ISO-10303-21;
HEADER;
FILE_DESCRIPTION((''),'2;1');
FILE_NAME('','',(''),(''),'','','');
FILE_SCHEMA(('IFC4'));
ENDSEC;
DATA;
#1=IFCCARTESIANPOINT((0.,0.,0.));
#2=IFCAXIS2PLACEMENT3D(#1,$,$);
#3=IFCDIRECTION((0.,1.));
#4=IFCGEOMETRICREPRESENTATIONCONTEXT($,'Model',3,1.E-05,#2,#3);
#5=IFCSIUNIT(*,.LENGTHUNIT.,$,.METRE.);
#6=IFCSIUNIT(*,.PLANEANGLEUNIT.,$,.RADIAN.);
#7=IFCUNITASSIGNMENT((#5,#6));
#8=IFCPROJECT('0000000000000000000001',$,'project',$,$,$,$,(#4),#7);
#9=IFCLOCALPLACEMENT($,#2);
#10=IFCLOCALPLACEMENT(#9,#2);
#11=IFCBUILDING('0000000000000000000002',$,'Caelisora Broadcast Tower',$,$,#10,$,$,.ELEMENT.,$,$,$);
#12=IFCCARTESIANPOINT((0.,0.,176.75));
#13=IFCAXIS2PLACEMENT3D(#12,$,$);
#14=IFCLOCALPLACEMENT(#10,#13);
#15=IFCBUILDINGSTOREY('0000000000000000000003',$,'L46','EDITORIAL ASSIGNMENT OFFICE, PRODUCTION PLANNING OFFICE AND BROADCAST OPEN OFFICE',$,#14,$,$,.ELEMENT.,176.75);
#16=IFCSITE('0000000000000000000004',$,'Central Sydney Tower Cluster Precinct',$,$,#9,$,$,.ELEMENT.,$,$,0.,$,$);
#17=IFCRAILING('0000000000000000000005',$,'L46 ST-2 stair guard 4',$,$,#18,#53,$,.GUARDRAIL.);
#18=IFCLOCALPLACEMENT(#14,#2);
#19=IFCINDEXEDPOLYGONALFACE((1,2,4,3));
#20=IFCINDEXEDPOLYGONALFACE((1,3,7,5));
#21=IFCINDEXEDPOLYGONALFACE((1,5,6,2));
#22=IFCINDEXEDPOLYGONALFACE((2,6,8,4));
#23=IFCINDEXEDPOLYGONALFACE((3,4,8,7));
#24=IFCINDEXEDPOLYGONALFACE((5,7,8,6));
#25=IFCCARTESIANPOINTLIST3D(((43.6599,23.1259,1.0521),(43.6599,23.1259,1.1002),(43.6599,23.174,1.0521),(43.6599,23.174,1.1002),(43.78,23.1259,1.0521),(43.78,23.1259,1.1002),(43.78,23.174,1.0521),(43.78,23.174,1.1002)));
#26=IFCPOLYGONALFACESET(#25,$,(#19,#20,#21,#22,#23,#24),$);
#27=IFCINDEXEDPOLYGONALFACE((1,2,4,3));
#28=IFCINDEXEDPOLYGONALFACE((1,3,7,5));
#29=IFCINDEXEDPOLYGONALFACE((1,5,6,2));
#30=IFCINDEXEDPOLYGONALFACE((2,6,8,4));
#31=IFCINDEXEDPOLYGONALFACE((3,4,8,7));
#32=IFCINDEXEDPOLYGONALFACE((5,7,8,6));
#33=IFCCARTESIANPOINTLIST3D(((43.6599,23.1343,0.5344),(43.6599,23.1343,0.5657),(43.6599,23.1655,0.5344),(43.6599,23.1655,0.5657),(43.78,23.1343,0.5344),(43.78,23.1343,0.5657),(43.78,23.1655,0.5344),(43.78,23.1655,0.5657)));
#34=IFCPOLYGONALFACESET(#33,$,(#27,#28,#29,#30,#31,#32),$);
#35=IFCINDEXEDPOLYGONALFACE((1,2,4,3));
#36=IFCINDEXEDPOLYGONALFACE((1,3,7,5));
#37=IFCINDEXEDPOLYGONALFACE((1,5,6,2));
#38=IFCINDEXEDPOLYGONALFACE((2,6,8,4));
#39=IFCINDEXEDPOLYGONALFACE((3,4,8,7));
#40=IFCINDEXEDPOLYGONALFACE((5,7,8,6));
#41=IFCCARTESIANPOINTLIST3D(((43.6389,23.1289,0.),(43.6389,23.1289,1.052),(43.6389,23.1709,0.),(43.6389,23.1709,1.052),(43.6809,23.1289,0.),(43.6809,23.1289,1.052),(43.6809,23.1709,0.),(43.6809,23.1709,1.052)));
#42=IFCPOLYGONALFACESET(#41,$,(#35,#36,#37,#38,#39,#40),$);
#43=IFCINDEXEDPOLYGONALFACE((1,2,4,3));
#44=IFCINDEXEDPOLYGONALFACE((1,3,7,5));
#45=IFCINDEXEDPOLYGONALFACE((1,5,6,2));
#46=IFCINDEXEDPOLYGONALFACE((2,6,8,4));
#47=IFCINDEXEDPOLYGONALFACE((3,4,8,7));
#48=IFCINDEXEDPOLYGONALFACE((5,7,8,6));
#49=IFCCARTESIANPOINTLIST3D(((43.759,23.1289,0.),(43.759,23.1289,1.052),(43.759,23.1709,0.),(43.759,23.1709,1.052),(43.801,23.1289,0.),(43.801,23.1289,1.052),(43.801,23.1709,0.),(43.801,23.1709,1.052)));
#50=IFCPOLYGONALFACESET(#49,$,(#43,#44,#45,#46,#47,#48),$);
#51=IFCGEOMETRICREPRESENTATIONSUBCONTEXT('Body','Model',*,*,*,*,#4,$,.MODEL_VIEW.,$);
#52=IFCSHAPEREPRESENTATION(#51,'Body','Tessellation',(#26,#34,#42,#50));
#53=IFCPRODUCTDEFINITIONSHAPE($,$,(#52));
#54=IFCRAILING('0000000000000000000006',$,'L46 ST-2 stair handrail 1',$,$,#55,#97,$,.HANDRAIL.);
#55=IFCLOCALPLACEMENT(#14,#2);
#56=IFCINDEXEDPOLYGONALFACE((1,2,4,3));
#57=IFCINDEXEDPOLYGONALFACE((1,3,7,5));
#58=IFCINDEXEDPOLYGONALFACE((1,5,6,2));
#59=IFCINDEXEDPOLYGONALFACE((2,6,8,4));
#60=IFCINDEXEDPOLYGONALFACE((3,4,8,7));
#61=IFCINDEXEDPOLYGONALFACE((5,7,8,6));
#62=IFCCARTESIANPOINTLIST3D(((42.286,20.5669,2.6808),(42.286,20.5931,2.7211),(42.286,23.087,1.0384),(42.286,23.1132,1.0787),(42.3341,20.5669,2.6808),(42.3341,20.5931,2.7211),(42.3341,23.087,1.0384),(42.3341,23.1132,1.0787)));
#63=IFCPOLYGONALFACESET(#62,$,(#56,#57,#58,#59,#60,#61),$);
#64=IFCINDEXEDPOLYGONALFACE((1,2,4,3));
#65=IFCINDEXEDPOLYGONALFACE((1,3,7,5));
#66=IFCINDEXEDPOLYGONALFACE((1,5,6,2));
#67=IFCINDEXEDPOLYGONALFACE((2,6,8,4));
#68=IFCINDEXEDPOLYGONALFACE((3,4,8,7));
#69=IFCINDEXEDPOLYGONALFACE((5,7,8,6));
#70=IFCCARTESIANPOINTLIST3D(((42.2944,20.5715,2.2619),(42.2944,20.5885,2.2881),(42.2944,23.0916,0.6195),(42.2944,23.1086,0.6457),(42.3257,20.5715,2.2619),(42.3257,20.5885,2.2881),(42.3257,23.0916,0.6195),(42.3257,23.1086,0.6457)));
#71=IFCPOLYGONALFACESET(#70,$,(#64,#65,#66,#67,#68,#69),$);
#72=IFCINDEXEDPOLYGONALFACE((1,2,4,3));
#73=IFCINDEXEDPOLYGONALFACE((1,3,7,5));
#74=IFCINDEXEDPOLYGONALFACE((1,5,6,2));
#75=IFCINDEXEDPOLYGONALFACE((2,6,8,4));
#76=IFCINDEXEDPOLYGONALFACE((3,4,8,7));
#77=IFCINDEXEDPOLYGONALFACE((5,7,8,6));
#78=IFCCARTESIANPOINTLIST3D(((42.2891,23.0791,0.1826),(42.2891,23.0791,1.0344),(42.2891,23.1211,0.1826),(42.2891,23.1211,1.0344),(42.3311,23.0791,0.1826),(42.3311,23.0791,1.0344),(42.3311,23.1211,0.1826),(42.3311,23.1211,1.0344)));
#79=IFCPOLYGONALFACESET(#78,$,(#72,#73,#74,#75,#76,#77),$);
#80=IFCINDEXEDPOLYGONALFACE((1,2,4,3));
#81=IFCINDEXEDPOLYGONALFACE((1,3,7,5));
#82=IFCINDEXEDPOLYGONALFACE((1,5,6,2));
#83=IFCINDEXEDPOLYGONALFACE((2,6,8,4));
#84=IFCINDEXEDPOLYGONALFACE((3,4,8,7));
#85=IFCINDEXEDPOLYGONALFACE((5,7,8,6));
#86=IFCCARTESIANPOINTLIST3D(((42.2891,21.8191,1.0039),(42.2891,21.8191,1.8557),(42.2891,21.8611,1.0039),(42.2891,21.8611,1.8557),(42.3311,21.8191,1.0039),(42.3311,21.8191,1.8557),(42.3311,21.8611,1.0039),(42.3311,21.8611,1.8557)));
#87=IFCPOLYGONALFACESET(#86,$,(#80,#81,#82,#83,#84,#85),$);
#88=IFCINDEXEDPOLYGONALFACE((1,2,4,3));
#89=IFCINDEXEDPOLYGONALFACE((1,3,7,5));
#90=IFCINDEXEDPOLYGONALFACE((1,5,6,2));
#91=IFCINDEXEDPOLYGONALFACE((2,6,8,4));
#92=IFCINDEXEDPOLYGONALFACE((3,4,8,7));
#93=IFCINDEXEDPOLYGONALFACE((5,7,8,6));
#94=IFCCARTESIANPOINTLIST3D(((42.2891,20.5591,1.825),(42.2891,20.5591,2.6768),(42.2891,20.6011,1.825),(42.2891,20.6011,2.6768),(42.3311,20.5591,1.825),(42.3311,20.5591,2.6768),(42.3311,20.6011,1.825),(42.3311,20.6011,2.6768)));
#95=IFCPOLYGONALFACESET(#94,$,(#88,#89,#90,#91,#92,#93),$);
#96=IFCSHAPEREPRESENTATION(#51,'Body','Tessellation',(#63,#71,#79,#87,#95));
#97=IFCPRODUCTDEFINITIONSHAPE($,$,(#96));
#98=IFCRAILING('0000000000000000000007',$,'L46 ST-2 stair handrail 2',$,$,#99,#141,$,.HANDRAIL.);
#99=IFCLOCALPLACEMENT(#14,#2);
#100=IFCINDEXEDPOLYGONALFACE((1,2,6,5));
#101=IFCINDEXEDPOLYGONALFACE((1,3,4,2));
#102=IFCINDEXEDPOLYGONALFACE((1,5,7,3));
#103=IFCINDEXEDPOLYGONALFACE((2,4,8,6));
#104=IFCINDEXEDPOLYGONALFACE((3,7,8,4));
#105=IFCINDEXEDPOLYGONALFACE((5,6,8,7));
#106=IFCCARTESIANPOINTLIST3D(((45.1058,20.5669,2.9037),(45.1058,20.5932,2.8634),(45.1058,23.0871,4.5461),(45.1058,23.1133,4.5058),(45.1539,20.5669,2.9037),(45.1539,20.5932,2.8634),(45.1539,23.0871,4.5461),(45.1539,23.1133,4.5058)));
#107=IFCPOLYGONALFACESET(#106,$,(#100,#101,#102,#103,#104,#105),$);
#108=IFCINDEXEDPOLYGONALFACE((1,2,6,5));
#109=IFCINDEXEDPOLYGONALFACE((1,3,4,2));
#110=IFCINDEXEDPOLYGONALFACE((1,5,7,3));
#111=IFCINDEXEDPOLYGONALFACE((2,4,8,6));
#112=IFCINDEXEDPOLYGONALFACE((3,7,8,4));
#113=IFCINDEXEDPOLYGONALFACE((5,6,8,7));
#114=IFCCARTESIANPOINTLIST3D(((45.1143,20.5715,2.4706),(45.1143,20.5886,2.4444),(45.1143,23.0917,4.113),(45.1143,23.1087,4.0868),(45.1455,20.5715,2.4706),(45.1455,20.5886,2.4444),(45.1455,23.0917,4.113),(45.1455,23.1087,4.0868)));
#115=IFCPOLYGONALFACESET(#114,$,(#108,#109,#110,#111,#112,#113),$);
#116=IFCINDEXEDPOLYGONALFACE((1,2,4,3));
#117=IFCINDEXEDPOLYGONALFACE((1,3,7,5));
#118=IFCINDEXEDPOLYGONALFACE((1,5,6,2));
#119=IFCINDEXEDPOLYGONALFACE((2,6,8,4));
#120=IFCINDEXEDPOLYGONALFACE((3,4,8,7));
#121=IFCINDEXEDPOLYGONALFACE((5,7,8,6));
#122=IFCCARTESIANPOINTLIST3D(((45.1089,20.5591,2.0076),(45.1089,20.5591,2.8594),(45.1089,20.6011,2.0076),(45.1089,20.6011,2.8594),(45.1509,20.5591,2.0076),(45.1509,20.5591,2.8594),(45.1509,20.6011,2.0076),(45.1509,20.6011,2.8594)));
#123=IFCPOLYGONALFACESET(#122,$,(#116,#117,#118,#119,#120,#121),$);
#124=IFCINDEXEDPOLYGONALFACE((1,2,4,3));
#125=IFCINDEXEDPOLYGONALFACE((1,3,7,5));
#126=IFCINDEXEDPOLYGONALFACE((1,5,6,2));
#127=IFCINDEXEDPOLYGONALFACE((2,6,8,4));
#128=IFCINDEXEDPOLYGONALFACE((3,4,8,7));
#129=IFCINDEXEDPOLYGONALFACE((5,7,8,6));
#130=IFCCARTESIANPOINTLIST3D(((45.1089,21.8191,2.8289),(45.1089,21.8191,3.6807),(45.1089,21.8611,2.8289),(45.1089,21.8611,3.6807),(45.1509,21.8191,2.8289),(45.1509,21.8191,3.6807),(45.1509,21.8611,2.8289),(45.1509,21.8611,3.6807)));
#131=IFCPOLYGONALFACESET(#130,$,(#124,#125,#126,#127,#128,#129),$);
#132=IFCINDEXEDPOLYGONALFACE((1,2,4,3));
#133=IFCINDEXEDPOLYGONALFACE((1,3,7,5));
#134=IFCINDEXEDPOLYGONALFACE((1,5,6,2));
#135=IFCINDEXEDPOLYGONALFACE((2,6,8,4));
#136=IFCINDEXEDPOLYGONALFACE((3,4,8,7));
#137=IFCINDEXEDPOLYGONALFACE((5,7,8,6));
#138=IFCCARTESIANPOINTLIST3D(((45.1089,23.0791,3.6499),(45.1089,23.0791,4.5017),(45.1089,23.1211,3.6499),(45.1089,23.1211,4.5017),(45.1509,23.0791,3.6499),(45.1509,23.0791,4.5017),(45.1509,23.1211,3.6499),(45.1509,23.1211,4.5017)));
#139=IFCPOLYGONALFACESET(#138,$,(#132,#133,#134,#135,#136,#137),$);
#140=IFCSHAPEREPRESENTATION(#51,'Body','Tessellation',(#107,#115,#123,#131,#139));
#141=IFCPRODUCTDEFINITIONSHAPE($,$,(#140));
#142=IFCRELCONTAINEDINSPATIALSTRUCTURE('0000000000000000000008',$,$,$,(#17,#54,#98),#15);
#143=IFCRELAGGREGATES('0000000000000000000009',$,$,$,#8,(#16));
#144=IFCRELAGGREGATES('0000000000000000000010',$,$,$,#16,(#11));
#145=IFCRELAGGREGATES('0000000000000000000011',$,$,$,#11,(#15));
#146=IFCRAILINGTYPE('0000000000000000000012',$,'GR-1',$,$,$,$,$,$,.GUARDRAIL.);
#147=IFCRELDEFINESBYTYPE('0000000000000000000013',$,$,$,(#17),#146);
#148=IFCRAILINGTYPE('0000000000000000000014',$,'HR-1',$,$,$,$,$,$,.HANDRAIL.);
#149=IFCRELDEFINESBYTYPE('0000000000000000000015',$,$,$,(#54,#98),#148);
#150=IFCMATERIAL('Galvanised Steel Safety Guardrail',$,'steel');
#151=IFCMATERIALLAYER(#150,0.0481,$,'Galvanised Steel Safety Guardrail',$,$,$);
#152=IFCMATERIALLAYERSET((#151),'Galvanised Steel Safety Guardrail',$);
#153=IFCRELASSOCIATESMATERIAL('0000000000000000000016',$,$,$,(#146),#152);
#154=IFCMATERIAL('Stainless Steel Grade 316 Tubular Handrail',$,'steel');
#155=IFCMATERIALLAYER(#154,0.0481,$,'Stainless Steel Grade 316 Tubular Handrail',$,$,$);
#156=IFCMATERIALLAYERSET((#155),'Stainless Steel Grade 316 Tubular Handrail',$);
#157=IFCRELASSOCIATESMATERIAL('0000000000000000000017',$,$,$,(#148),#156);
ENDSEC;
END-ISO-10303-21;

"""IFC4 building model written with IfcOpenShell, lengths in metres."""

from ifc_helpers import new_model, si_unit, direction, frame, origin, origin_2d, place, context, subcontext, project, spatial, rectangle, extrude, material, layer, layer_set, type_object, element, save


model = new_model("IFC4")

# Units and contexts
model_context = context("Model", 3, precision=1e-05, world=origin(), true_north=direction((0.0, 1.0)))
body_context = subcontext(model_context, "Body", "Model", "MODEL_VIEW")
ifc_project = project(units=[si_unit("LENGTHUNIT", "METRE"), si_unit("PLANEANGLEUNIT", "RADIAN")], contexts=[model_context])

# Site, building, storey
site_placement = place(None, origin())
site = spatial("IfcSite", under=ifc_project, at=site_placement, Name="Central Sydney Tower Cluster Precinct", CompositionType="ELEMENT", RefElevation=0.0)
building_placement = place(site_placement, origin())
building = spatial("IfcBuilding", under=site, at=building_placement, Name="Caelisora Broadcast Tower", CompositionType="ELEMENT")
storey_placement = place(building_placement, frame((0.0, 0.0, 176.75)))
storey = spatial("IfcBuildingStorey", under=building, at=storey_placement, Name="L46", Description="EDITORIAL ASSIGNMENT OFFICE, PRODUCTION PLANNING OFFICE AND BROADCAST OPEN OFFICE", CompositionType="ELEMENT", Elevation=176.75)

# Railings
ifc_material_1 = material(Name="Galvanised Steel Safety Guardrail", Category="steel")
ifc_layer_1 = layer(ifc_material_1, 0.0481, Name="Galvanised Steel Safety Guardrail")
ifc_layer_set_1 = layer_set([ifc_layer_1], Name="Galvanised Steel Safety Guardrail")
railing_type_1 = type_object("IfcRailingType", Name="GR-1", PredefinedType="GUARDRAIL", material=ifc_layer_set_1)
railing_1_placement = place(storey_placement, frame((43.6599, 23.1499, 0.0)))
element("IfcRailing", 1, at=railing_1_placement, inside=storey, type_object=railing_type_1, Name="L46 ST-2 stair guard 4", PredefinedType="GUARDRAIL", context=body_context, shape_type="SweptSolid", body=[
    extrude(rectangle(XDim=0.0481, YDim=0.0481, at=origin_2d()), frame((0.0, 0.0, 1.0762), z_axis=(1.0, 0.0, 0.0), x_axis=(0.0, 1.0, 0.0)), (0.0, 0.0, 1.0), 0.1201),
    extrude(rectangle(XDim=0.0312, YDim=0.0312, at=origin_2d()), frame((0.0, 0.0, 0.55), z_axis=(1.0, 0.0, 0.0), x_axis=(0.0, 1.0, 0.0)), (0.0, 0.0, 1.0), 0.1201),
    extrude(rectangle(XDim=0.042, YDim=0.042, at=origin_2d()), origin(), (0.0, 0.0, 1.0), 1.052),
    extrude(rectangle(XDim=0.042, YDim=0.042, at=origin_2d()), frame((0.1201, 0.0, 0.0)), (0.0, 0.0, 1.0), 1.052),
])
ifc_material_2 = material(Name="Stainless Steel Grade 316 Tubular Handrail", Category="steel")
ifc_layer_2 = layer(ifc_material_2, 0.0481, Name="Stainless Steel Grade 316 Tubular Handrail")
ifc_layer_set_2 = layer_set([ifc_layer_2], Name="Stainless Steel Grade 316 Tubular Handrail")
railing_type_2 = type_object("IfcRailingType", Name="HR-1", PredefinedType="HANDRAIL", material=ifc_layer_set_2)
railing_2_placement = place(storey_placement, frame((42.3101, 23.1001, 0.1826)))
element("IfcRailing", 2, at=railing_2_placement, inside=storey, type_object=railing_type_2, Name="L46 ST-2 stair handrail 1", PredefinedType="HANDRAIL", context=body_context, shape_type="SweptSolid", body=[
    extrude(rectangle(XDim=0.0481, YDim=0.0481, at=origin_2d()), frame((0.0, 0.0, 0.876), z_axis=(0.0, -0.837787, 0.545998), x_axis=(1.0, 0.0, 0.0)), (0.0, 0.0, 1.0), 3.0081),
    extrude(rectangle(XDim=0.0312, YDim=0.0312, at=origin_2d()), frame((0.0, 0.0, 0.45), z_axis=(0.0, -0.837787, 0.545998), x_axis=(1.0, 0.0, 0.0)), (0.0, 0.0, 1.0), 3.0081),
    extrude(rectangle(XDim=0.042, YDim=0.042, at=origin_2d()), origin(), (0.0, 0.0, 1.0), 0.8518),
    extrude(rectangle(XDim=0.042, YDim=0.042, at=origin_2d()), frame((0.0, -1.26, 0.8213)), (0.0, 0.0, 1.0), 0.8518),
    extrude(rectangle(XDim=0.042, YDim=0.042, at=origin_2d()), frame((0.0, -2.52, 1.6423)), (0.0, 0.0, 1.0), 0.8518),
])
railing_3_placement = place(storey_placement, frame((45.1299, 20.5801, 2.0076)))
element("IfcRailing", 3, at=railing_3_placement, inside=storey, type_object=railing_type_2, Name="L46 ST-2 stair handrail 2", PredefinedType="HANDRAIL", context=body_context, shape_type="SweptSolid", body=[
    extrude(rectangle(XDim=0.0481, YDim=0.0481, at=origin_2d()), frame((0.0, 0.0, 0.876), z_axis=(0.0, 0.837787, 0.545998), x_axis=(-1.0, 0.0, 0.0)), (0.0, 0.0, 1.0), 3.0081),
    extrude(rectangle(XDim=0.0312, YDim=0.0312, at=origin_2d()), frame((0.0, 0.0, 0.45), z_axis=(0.0, 0.837787, 0.545998), x_axis=(-1.0, 0.0, 0.0)), (0.0, 0.0, 1.0), 3.0081),
    extrude(rectangle(XDim=0.042, YDim=0.042, at=origin_2d()), origin(), (0.0, 0.0, 1.0), 0.8518),
    extrude(rectangle(XDim=0.042, YDim=0.042, at=origin_2d()), frame((0.0, 1.26, 0.8213)), (0.0, 0.0, 1.0), 0.8518),
    extrude(rectangle(XDim=0.042, YDim=0.042, at=origin_2d()), frame((0.0, 2.52, 1.6423)), (0.0, 0.0, 1.0), 0.8518),
])

save(model, "model.ifc")
